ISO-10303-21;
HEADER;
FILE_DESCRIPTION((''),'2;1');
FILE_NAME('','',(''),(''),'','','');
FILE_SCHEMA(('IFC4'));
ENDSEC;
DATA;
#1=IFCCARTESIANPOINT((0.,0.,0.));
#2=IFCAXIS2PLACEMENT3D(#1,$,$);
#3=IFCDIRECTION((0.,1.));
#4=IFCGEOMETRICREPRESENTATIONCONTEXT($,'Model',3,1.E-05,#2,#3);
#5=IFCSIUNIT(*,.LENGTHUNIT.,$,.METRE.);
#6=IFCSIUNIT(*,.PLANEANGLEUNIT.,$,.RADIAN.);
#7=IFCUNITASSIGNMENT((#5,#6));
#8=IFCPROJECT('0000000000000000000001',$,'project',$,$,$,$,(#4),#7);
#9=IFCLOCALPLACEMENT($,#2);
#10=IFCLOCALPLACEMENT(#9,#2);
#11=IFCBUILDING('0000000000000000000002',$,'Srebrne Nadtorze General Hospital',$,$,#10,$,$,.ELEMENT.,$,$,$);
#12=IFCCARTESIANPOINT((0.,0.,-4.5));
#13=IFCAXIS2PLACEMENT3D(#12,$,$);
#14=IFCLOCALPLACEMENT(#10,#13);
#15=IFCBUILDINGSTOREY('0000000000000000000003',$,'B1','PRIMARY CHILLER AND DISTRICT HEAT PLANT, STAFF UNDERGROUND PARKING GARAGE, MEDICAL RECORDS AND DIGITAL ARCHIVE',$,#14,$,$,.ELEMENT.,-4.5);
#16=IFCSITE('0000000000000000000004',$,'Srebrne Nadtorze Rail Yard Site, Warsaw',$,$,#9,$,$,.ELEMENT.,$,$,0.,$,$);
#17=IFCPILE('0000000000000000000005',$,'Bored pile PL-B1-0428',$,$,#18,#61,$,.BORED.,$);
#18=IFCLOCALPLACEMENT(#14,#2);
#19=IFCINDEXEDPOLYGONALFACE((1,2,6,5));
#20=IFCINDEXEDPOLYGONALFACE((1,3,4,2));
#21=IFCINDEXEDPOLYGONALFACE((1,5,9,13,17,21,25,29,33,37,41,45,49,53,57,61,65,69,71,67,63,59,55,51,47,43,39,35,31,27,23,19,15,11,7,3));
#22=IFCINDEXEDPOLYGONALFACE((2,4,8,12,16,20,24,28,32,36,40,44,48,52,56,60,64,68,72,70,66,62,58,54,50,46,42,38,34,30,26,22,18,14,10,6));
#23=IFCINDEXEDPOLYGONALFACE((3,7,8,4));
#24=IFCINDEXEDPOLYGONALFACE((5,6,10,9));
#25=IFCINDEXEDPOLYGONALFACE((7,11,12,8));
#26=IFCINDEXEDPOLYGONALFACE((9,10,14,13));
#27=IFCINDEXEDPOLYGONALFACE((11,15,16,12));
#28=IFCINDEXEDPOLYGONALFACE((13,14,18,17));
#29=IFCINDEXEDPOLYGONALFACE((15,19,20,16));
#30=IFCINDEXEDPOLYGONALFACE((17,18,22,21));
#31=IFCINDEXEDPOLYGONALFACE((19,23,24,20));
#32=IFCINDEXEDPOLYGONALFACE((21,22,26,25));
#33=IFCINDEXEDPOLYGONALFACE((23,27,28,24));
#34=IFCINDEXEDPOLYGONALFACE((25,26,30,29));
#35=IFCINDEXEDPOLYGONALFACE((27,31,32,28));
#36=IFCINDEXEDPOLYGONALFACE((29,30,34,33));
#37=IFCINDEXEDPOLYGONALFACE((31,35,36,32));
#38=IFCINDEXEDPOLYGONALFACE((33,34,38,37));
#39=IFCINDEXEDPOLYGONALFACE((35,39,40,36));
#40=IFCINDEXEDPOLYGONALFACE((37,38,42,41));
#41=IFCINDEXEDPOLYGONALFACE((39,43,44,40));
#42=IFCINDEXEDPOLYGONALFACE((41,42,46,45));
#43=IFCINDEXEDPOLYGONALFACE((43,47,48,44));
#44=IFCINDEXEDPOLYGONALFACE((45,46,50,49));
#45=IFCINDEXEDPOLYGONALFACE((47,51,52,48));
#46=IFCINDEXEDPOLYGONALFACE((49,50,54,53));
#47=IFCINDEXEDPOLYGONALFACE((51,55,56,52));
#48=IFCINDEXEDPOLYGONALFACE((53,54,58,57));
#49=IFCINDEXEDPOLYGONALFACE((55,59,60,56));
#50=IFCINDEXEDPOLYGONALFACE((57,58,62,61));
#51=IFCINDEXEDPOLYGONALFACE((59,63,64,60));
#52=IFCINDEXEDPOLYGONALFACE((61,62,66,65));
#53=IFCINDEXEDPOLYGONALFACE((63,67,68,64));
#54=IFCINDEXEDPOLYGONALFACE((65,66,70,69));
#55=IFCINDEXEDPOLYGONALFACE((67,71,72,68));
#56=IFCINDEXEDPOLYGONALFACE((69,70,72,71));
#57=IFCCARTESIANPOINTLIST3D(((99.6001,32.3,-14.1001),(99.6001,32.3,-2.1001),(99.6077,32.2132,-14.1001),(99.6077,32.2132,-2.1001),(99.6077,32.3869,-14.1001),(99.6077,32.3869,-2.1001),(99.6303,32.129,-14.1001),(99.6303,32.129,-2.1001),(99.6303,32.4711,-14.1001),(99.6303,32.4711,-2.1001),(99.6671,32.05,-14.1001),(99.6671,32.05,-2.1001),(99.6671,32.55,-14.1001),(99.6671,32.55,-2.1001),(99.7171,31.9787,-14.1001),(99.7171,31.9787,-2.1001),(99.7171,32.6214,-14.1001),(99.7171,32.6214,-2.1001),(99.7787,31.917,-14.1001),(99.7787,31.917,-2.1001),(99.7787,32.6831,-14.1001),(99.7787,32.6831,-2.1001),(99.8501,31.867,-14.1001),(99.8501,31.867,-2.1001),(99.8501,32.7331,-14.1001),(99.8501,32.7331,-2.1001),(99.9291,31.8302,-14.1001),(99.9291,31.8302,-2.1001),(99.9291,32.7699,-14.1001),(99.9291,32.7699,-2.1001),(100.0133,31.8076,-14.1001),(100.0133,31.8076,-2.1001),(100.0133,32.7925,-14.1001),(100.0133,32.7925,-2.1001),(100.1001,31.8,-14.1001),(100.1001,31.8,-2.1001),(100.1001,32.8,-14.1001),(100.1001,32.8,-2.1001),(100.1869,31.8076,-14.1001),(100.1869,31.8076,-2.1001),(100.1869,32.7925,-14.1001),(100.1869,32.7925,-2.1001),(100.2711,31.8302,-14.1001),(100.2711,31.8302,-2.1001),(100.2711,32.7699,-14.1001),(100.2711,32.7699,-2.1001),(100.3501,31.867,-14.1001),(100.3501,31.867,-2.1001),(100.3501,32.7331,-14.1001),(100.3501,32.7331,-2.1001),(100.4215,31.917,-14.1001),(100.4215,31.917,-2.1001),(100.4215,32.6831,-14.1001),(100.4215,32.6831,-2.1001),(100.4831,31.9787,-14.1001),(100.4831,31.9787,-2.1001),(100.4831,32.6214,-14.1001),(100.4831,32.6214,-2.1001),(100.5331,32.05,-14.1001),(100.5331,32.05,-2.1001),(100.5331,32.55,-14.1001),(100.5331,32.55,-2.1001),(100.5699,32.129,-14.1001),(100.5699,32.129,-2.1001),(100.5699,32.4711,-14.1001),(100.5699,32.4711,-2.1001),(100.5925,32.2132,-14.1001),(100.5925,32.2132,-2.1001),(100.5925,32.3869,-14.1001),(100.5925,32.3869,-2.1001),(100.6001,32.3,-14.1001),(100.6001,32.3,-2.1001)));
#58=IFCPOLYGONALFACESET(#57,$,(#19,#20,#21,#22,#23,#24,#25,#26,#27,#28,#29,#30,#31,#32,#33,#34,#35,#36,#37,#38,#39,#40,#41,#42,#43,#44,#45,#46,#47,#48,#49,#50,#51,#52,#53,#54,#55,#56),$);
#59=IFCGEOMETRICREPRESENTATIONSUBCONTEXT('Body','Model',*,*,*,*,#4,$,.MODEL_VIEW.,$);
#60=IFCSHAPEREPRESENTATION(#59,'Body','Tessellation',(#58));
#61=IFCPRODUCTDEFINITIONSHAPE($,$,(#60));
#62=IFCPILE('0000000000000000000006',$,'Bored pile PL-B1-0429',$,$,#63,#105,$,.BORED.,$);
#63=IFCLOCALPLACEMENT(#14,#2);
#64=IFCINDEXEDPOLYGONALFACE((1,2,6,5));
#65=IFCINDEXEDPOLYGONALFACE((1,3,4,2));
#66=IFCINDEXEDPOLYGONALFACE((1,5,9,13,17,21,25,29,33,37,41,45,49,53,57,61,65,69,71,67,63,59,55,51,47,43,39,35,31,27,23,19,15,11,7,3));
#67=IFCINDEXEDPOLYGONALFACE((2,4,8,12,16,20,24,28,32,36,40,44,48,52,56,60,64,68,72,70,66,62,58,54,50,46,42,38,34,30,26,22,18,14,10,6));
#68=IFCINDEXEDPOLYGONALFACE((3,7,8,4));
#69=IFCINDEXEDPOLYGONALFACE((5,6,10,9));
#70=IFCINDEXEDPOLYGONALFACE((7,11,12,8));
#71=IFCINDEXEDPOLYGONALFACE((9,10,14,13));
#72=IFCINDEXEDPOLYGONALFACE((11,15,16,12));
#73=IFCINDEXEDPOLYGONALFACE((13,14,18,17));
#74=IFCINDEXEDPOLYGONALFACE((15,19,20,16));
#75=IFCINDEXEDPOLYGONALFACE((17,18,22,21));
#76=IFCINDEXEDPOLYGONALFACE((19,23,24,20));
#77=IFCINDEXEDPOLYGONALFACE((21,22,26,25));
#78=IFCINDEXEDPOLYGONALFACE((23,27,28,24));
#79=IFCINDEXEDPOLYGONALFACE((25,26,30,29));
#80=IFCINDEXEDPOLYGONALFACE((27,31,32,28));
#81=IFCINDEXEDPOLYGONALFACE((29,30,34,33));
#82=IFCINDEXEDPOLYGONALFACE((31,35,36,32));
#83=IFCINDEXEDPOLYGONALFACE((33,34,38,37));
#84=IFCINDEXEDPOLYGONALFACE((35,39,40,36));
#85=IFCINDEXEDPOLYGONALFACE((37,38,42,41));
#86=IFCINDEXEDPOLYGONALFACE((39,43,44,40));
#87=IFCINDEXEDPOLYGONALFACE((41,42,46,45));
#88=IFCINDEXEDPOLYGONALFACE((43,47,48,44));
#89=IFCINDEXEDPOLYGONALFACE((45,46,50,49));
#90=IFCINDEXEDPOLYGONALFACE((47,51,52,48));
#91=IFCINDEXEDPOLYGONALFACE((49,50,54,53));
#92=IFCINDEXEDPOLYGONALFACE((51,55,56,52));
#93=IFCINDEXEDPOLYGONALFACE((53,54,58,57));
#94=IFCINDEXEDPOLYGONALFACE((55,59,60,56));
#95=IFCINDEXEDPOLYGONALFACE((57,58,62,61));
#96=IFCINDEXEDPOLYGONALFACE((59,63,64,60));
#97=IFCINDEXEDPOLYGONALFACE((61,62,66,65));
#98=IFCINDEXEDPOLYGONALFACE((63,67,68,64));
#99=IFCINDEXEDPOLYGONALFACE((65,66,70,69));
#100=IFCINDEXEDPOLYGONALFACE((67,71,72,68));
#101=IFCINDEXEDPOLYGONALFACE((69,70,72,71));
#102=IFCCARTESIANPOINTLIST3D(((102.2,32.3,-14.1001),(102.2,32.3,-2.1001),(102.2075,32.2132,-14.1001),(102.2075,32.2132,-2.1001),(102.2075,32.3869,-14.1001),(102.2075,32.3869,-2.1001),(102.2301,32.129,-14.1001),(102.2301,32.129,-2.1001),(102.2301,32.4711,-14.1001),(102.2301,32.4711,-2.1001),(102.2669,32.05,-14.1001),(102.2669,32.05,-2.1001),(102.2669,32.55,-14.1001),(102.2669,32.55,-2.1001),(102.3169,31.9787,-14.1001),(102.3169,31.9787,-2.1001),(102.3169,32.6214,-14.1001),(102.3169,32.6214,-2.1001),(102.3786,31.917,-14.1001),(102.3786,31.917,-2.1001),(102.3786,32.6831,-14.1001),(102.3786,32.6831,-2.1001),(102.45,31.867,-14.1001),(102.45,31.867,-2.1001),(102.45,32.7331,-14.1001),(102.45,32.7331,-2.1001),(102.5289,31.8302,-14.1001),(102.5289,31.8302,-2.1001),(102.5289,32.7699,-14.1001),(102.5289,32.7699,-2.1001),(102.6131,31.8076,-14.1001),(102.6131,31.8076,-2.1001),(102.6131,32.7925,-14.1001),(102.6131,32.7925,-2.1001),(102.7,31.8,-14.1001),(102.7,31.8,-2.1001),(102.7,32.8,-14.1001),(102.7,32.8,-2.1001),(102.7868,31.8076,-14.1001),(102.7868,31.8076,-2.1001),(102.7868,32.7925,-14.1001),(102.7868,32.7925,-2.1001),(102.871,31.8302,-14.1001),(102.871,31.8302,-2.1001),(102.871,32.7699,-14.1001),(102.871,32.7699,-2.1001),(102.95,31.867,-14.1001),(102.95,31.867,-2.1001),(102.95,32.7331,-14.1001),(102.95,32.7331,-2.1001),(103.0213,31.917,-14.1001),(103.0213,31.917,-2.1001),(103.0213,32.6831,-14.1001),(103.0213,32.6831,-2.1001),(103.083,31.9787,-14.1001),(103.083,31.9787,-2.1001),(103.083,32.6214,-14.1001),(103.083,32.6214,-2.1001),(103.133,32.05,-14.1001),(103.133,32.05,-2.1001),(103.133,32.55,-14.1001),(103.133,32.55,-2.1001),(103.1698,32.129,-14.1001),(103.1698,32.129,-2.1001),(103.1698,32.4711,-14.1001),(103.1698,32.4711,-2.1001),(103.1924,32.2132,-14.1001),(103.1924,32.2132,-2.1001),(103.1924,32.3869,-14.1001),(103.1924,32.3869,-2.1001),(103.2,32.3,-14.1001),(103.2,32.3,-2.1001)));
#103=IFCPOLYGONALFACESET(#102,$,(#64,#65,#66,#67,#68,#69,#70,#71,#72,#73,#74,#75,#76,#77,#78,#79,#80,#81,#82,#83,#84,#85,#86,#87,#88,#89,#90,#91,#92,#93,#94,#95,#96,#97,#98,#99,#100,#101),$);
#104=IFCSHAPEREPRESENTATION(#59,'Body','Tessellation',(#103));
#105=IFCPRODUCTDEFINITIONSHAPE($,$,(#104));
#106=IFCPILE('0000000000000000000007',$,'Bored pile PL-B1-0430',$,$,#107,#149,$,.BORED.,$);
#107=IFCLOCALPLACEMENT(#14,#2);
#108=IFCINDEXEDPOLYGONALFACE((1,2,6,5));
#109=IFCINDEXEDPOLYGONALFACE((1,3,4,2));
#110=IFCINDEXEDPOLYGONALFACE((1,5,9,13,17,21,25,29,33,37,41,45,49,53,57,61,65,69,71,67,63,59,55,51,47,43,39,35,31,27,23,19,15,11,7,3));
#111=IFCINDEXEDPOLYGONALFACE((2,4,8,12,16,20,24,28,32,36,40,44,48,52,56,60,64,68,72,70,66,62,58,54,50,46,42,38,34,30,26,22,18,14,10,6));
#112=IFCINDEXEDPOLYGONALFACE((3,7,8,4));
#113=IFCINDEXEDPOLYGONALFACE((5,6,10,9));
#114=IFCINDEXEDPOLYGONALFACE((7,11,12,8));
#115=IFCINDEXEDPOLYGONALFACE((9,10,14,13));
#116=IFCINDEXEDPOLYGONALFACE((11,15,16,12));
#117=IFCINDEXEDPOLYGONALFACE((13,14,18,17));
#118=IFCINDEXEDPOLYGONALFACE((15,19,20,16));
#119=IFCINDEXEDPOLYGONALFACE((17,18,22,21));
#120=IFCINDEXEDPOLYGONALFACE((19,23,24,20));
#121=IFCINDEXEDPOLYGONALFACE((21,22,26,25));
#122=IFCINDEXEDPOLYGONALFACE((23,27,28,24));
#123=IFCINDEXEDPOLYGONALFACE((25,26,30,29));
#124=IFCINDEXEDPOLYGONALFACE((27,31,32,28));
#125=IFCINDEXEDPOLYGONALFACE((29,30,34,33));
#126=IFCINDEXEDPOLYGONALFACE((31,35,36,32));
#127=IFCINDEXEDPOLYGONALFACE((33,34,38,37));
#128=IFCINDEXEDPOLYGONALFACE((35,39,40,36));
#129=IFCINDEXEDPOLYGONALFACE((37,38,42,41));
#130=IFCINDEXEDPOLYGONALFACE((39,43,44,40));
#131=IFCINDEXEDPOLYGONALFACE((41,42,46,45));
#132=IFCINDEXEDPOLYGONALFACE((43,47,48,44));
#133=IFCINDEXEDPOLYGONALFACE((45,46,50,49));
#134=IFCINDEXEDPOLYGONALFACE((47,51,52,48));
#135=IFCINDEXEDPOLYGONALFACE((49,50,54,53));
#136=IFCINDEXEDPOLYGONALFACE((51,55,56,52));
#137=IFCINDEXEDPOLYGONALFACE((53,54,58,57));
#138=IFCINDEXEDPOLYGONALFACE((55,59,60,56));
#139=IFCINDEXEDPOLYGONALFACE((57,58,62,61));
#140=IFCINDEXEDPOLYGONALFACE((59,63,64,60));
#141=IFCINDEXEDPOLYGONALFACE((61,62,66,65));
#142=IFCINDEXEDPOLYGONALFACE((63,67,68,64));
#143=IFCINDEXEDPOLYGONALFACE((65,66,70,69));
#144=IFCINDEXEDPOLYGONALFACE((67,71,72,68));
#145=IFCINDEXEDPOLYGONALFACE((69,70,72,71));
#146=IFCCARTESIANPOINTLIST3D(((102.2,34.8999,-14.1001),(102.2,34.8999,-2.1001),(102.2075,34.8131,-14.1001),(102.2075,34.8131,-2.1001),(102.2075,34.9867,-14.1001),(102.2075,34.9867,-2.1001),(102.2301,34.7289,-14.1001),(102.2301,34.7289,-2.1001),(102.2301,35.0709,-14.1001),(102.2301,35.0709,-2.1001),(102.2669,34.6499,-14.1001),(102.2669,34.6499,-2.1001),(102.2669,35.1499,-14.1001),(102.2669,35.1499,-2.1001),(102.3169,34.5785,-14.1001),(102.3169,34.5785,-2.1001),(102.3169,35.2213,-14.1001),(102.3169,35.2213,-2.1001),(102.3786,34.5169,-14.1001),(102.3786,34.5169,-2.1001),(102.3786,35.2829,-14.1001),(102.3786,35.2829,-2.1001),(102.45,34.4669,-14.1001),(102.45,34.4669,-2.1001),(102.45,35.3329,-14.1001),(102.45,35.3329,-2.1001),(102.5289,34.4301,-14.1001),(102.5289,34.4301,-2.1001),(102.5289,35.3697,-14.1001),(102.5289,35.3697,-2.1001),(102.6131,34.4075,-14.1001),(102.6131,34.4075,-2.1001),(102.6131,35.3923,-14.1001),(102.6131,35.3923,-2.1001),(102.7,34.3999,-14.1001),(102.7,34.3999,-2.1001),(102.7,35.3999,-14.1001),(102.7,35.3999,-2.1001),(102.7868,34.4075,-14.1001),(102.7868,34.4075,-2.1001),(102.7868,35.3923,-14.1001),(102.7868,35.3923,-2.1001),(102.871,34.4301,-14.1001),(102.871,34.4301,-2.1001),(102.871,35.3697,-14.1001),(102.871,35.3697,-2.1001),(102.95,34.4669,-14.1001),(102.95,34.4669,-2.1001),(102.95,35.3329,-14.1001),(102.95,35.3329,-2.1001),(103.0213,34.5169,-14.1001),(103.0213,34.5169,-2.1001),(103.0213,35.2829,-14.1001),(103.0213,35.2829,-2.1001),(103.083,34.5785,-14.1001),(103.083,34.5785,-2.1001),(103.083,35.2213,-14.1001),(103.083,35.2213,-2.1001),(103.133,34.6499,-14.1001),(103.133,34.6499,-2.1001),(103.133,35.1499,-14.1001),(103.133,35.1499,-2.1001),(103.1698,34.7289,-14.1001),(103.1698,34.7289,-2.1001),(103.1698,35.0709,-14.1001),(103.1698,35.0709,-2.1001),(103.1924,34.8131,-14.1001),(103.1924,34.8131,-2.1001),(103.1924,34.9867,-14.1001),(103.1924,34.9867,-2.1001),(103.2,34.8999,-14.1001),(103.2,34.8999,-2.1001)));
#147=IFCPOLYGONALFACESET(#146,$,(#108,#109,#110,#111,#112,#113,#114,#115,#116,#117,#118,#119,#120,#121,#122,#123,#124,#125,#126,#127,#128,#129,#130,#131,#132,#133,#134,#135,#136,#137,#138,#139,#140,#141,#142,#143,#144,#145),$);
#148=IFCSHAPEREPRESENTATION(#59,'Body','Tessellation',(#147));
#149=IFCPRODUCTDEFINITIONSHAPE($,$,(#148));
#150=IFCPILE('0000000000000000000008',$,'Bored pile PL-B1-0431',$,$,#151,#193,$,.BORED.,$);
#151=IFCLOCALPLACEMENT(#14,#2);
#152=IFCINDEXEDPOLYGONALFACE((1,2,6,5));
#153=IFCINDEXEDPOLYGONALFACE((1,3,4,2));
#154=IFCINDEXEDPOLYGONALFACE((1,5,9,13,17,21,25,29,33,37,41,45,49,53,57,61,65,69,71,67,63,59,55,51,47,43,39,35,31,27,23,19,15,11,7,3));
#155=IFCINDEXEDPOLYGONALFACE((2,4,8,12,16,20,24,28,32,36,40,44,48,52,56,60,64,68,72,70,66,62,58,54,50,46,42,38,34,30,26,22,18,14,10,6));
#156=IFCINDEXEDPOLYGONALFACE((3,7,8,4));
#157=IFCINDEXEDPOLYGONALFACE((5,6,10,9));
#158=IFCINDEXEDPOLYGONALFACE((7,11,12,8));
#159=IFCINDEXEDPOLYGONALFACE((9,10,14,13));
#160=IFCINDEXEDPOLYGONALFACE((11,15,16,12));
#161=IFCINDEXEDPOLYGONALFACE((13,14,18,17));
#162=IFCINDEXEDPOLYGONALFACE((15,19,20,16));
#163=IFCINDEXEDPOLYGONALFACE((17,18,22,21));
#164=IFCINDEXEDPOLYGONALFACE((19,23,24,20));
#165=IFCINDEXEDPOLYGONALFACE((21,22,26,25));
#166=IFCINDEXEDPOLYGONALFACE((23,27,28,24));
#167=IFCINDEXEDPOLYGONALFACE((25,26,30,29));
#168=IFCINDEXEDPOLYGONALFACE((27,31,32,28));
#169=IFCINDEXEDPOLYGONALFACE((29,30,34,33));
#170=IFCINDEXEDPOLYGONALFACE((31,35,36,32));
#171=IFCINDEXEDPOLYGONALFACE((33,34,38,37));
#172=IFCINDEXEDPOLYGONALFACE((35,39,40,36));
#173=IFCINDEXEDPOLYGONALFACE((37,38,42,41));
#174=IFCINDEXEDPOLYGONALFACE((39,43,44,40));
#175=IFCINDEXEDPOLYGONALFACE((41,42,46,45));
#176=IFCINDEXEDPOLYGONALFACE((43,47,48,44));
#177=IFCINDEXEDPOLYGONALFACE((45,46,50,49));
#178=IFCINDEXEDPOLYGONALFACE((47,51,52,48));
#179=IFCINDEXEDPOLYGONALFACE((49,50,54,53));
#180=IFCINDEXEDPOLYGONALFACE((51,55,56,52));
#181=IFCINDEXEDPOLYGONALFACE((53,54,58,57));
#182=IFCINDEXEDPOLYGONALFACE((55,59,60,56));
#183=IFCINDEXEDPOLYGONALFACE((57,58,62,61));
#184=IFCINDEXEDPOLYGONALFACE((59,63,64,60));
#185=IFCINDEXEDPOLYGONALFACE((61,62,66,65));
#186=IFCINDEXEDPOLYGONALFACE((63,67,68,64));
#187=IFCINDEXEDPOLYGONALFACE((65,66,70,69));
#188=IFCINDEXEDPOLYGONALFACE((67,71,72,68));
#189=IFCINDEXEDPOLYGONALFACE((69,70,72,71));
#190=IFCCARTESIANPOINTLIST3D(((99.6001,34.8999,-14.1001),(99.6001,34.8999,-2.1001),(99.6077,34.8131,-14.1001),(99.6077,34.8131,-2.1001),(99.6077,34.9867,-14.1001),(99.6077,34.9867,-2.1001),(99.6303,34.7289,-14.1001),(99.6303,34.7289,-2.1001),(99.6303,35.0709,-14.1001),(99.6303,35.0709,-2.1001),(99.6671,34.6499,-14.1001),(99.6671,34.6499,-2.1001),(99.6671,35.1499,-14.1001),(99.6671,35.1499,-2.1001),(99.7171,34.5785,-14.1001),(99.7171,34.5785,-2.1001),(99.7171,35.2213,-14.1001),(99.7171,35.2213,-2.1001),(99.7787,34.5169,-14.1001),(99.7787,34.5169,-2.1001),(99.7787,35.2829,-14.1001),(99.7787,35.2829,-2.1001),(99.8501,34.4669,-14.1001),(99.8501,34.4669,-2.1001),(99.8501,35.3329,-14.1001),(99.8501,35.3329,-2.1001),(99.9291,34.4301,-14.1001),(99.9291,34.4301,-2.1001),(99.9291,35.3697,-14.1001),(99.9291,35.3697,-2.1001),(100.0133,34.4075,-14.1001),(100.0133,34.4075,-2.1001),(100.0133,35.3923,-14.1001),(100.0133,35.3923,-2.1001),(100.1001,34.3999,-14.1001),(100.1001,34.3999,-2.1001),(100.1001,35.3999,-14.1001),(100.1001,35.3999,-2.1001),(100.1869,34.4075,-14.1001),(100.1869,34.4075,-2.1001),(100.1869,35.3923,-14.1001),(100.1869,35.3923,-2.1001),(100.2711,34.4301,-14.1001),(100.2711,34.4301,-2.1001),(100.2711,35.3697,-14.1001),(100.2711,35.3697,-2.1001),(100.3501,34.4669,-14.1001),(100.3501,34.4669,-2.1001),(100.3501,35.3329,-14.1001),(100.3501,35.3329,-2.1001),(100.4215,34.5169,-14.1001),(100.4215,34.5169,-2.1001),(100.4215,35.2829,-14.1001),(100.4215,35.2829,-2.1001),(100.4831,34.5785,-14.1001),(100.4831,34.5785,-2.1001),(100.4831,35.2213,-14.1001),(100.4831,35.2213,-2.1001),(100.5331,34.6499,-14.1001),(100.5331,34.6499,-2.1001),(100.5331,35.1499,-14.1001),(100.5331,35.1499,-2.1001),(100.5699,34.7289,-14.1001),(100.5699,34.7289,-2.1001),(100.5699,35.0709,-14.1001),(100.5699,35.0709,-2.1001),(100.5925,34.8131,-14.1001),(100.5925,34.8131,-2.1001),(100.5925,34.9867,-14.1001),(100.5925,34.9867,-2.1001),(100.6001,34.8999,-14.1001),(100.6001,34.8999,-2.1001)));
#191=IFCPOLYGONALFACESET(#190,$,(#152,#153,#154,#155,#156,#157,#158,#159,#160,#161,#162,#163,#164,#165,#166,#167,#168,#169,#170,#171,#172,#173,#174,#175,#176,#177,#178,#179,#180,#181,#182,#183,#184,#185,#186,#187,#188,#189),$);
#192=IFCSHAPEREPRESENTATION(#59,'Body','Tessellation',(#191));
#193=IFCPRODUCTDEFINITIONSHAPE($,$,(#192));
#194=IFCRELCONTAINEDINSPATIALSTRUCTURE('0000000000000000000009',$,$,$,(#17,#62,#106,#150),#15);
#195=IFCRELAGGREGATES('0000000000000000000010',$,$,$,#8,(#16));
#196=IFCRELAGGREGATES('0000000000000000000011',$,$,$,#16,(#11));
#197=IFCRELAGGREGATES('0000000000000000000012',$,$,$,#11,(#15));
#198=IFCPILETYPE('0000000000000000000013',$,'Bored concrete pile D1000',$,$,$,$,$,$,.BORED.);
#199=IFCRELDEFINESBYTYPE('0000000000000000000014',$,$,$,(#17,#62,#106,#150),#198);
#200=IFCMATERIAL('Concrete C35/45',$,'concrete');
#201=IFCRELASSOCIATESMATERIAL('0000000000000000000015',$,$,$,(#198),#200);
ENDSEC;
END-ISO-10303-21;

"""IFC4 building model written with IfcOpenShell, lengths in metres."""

from ifc_helpers import new_model, si_unit, direction, frame, origin, origin_2d, place, context, subcontext, project, spatial, circle, extrude, material, material_profile, profile_set, type_object, element, save


model = new_model("IFC4")

# Units and contexts
model_context = context("Model", 3, precision=1e-05, world=origin(), true_north=direction((0.0, 1.0)))
body_context = subcontext(model_context, "Body", "Model", "MODEL_VIEW")
ifc_project = project(units=[si_unit("LENGTHUNIT", "METRE"), si_unit("PLANEANGLEUNIT", "RADIAN")], contexts=[model_context])

# Site, building, storey
site_placement = place(None, origin())
site = spatial("IfcSite", under=ifc_project, at=site_placement, Name="Srebrne Nadtorze Rail Yard Site, Warsaw", CompositionType="ELEMENT", RefElevation=0.0)
building_placement = place(site_placement, origin())
building = spatial("IfcBuilding", under=site, at=building_placement, Name="Srebrne Nadtorze General Hospital", CompositionType="ELEMENT")
storey_placement = place(building_placement, frame((0.0, 0.0, -4.5)))
storey = spatial("IfcBuildingStorey", under=building, at=storey_placement, Name="B1", Description="PRIMARY CHILLER AND DISTRICT HEAT PLANT, STAFF UNDERGROUND PARKING GARAGE, MEDICAL RECORDS AND DIGITAL ARCHIVE", CompositionType="ELEMENT", Elevation=-4.5)

# Piles
ifc_material_1 = material(Name="Concrete C35/45", Category="concrete")
ifc_material_profile_1 = material_profile(ifc_material_1, circle(Radius=0.5, at=origin_2d()), Name="PILE-D1000")
ifc_profile_set_1 = profile_set([ifc_material_profile_1], Name="Concrete C35/45")
pile_type_1 = type_object("IfcPileType", Name="Bored concrete pile D1000", PredefinedType="BORED", material=ifc_profile_set_1)
for number, where, z_axis, x_axis, name in (
    (1, (100.1001, 32.3, -2.1001), (0.0, 0.0, -1.0), (1.0, 0.0, 0.0), "Bored pile PL-B1-0428"),
    (2, (102.7, 32.3, -2.1001), (0.0, 0.0, -1.0), (1.0, 0.0, 0.0), "Bored pile PL-B1-0429"),
    (3, (102.7, 34.8999, -2.1001), (0.0, 0.0, -1.0), (1.0, 0.0, 0.0), "Bored pile PL-B1-0430"),
    (4, (100.1001, 34.8999, -2.1001), (0.0, 0.0, -1.0), (1.0, 0.0, 0.0), "Bored pile PL-B1-0431"),
):
    element("IfcPile", number, at=place(storey_placement, frame(where, z_axis=z_axis, x_axis=x_axis)), inside=storey, type_object=pile_type_1, Name=name, PredefinedType="BORED", context=body_context, shape_type="SweptSolid", body=[
        extrude(circle(Radius=0.5, at=origin_2d()), origin(), (0.0, 0.0, 1.0), 12.0),
    ])

save(model, "model.ifc")
